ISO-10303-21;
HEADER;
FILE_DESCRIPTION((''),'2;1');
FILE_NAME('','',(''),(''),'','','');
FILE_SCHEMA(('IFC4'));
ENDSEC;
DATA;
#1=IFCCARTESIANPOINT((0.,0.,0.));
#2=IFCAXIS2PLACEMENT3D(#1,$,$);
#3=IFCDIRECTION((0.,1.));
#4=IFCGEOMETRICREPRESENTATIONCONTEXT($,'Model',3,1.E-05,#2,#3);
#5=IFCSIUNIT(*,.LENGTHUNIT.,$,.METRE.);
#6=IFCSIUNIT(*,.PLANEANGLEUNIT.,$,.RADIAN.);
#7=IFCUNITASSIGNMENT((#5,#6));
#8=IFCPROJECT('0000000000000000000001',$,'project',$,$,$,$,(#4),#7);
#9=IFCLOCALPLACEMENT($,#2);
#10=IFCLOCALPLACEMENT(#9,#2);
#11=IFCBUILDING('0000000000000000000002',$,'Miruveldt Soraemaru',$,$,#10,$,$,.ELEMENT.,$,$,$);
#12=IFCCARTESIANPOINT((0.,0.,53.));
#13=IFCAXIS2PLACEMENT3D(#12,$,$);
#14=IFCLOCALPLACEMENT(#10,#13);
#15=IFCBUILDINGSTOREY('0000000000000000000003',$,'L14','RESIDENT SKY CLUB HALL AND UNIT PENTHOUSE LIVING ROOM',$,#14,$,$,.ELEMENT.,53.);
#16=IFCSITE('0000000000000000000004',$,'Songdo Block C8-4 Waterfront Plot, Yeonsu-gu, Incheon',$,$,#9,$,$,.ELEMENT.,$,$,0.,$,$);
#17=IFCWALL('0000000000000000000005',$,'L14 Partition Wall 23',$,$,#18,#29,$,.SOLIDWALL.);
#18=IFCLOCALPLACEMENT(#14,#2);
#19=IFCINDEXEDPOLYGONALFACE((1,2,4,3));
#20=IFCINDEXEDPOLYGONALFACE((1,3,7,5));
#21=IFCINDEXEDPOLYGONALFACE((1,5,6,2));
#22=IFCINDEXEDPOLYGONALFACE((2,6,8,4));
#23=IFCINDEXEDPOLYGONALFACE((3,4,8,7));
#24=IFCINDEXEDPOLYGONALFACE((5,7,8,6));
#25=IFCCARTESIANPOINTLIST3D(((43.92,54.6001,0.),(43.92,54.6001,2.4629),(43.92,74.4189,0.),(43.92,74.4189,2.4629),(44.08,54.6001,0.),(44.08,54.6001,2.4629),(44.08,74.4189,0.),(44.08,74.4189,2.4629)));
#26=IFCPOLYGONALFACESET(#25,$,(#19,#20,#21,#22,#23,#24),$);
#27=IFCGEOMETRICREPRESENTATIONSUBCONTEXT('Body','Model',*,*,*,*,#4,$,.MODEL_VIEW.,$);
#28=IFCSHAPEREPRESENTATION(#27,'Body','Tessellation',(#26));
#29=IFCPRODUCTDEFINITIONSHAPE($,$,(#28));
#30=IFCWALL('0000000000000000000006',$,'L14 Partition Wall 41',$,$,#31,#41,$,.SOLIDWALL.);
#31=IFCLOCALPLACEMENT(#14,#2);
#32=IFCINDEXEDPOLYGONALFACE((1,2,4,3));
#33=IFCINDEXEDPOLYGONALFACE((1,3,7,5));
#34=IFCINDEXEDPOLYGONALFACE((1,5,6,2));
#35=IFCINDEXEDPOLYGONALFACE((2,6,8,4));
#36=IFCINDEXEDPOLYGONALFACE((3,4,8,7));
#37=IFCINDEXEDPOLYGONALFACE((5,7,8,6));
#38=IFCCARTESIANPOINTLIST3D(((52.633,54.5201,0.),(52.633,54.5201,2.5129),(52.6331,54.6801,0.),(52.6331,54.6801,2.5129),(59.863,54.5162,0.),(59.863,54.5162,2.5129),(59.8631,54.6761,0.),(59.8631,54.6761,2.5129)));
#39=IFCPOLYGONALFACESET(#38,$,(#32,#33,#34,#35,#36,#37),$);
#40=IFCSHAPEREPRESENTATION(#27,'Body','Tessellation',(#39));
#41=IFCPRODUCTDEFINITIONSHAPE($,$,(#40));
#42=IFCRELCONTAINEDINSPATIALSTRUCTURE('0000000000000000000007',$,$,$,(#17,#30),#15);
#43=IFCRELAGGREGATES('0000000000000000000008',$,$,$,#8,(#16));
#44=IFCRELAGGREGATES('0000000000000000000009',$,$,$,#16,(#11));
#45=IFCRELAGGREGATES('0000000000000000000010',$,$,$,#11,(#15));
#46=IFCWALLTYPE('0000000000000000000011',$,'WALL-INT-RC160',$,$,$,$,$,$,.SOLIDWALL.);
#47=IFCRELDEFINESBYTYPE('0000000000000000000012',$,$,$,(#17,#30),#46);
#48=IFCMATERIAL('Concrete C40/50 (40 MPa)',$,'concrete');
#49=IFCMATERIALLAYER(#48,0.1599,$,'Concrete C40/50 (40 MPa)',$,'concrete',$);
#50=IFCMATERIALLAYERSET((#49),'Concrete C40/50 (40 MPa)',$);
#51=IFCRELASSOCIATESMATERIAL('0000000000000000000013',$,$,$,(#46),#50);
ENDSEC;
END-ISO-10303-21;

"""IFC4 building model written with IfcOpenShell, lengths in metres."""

from ifc_helpers import new_model, si_unit, direction, frame, frame_2d, origin, place, context, subcontext, project, spatial, rectangle, extrude, material, layer, layer_set, type_object, element, save


model = new_model("IFC4")

# Units and contexts
model_context = context("Model", 3, precision=1e-05, world=origin(), true_north=direction((0.0, 1.0)))
body_context = subcontext(model_context, "Body", "Model", "MODEL_VIEW")
ifc_project = project(units=[si_unit("LENGTHUNIT", "METRE"), si_unit("PLANEANGLEUNIT", "RADIAN")], contexts=[model_context])

# Site, building, storey
site_placement = place(None, origin())
site = spatial("IfcSite", under=ifc_project, at=site_placement, Name="Songdo Block C8-4 Waterfront Plot, Yeonsu-gu, Incheon", CompositionType="ELEMENT", RefElevation=0.0)
building_placement = place(site_placement, origin())
building = spatial("IfcBuilding", under=site, at=building_placement, Name="Miruveldt Soraemaru", CompositionType="ELEMENT")
storey_placement = place(building_placement, frame((0.0, 0.0, 53.0)))
storey = spatial("IfcBuildingStorey", under=building, at=storey_placement, Name="L14", Description="RESIDENT SKY CLUB HALL AND UNIT PENTHOUSE LIVING ROOM", CompositionType="ELEMENT", Elevation=53.0)

# Shared definitions
ifc_material_1 = material(Name="Concrete C40/50 (40 MPa)", Category="concrete")
ifc_layer_1 = layer(ifc_material_1, 0.1599, Name="Concrete C40/50 (40 MPa)", Category="concrete")
ifc_layer_set_1 = layer_set([ifc_layer_1], Name="Concrete C40/50 (40 MPa)")
wall_type_1 = type_object("IfcWallType", Name="WALL-INT-RC160", PredefinedType="SOLIDWALL", material=ifc_layer_set_1)

# Walls
wall_1_placement = place(storey_placement, frame((44.0, 54.6001, 0.0), z_axis=(0.0, 0.0, 1.0), x_axis=(0.0, 1.0, 0.0)))
element("IfcWall", 1, at=wall_1_placement, inside=storey, type_object=wall_type_1, Name="L14 Partition Wall 23", PredefinedType="SOLIDWALL", context=body_context, shape_type="SweptSolid", body=[
    extrude(rectangle(XDim=19.8188, YDim=0.1599, at=frame_2d((9.9094, 0.0))), origin(), (0.0, 0.0, 1.0), 2.4629),
])
wall_2_placement = place(storey_placement, frame((52.6331, 54.6001, 0.0), z_axis=(0.0, 0.0, 1.0), x_axis=(1.0, -0.00054, 0.0)))
element("IfcWall", 2, at=wall_2_placement, inside=storey, type_object=wall_type_1, Name="L14 Partition Wall 41", PredefinedType="SOLIDWALL", context=body_context, shape_type="SweptSolid", body=[
    extrude(rectangle(XDim=7.23, YDim=0.1599, at=frame_2d((3.615, 0.0))), origin(), (0.0, 0.0, 1.0), 2.5129),
])

save(model, "model.ifc")
